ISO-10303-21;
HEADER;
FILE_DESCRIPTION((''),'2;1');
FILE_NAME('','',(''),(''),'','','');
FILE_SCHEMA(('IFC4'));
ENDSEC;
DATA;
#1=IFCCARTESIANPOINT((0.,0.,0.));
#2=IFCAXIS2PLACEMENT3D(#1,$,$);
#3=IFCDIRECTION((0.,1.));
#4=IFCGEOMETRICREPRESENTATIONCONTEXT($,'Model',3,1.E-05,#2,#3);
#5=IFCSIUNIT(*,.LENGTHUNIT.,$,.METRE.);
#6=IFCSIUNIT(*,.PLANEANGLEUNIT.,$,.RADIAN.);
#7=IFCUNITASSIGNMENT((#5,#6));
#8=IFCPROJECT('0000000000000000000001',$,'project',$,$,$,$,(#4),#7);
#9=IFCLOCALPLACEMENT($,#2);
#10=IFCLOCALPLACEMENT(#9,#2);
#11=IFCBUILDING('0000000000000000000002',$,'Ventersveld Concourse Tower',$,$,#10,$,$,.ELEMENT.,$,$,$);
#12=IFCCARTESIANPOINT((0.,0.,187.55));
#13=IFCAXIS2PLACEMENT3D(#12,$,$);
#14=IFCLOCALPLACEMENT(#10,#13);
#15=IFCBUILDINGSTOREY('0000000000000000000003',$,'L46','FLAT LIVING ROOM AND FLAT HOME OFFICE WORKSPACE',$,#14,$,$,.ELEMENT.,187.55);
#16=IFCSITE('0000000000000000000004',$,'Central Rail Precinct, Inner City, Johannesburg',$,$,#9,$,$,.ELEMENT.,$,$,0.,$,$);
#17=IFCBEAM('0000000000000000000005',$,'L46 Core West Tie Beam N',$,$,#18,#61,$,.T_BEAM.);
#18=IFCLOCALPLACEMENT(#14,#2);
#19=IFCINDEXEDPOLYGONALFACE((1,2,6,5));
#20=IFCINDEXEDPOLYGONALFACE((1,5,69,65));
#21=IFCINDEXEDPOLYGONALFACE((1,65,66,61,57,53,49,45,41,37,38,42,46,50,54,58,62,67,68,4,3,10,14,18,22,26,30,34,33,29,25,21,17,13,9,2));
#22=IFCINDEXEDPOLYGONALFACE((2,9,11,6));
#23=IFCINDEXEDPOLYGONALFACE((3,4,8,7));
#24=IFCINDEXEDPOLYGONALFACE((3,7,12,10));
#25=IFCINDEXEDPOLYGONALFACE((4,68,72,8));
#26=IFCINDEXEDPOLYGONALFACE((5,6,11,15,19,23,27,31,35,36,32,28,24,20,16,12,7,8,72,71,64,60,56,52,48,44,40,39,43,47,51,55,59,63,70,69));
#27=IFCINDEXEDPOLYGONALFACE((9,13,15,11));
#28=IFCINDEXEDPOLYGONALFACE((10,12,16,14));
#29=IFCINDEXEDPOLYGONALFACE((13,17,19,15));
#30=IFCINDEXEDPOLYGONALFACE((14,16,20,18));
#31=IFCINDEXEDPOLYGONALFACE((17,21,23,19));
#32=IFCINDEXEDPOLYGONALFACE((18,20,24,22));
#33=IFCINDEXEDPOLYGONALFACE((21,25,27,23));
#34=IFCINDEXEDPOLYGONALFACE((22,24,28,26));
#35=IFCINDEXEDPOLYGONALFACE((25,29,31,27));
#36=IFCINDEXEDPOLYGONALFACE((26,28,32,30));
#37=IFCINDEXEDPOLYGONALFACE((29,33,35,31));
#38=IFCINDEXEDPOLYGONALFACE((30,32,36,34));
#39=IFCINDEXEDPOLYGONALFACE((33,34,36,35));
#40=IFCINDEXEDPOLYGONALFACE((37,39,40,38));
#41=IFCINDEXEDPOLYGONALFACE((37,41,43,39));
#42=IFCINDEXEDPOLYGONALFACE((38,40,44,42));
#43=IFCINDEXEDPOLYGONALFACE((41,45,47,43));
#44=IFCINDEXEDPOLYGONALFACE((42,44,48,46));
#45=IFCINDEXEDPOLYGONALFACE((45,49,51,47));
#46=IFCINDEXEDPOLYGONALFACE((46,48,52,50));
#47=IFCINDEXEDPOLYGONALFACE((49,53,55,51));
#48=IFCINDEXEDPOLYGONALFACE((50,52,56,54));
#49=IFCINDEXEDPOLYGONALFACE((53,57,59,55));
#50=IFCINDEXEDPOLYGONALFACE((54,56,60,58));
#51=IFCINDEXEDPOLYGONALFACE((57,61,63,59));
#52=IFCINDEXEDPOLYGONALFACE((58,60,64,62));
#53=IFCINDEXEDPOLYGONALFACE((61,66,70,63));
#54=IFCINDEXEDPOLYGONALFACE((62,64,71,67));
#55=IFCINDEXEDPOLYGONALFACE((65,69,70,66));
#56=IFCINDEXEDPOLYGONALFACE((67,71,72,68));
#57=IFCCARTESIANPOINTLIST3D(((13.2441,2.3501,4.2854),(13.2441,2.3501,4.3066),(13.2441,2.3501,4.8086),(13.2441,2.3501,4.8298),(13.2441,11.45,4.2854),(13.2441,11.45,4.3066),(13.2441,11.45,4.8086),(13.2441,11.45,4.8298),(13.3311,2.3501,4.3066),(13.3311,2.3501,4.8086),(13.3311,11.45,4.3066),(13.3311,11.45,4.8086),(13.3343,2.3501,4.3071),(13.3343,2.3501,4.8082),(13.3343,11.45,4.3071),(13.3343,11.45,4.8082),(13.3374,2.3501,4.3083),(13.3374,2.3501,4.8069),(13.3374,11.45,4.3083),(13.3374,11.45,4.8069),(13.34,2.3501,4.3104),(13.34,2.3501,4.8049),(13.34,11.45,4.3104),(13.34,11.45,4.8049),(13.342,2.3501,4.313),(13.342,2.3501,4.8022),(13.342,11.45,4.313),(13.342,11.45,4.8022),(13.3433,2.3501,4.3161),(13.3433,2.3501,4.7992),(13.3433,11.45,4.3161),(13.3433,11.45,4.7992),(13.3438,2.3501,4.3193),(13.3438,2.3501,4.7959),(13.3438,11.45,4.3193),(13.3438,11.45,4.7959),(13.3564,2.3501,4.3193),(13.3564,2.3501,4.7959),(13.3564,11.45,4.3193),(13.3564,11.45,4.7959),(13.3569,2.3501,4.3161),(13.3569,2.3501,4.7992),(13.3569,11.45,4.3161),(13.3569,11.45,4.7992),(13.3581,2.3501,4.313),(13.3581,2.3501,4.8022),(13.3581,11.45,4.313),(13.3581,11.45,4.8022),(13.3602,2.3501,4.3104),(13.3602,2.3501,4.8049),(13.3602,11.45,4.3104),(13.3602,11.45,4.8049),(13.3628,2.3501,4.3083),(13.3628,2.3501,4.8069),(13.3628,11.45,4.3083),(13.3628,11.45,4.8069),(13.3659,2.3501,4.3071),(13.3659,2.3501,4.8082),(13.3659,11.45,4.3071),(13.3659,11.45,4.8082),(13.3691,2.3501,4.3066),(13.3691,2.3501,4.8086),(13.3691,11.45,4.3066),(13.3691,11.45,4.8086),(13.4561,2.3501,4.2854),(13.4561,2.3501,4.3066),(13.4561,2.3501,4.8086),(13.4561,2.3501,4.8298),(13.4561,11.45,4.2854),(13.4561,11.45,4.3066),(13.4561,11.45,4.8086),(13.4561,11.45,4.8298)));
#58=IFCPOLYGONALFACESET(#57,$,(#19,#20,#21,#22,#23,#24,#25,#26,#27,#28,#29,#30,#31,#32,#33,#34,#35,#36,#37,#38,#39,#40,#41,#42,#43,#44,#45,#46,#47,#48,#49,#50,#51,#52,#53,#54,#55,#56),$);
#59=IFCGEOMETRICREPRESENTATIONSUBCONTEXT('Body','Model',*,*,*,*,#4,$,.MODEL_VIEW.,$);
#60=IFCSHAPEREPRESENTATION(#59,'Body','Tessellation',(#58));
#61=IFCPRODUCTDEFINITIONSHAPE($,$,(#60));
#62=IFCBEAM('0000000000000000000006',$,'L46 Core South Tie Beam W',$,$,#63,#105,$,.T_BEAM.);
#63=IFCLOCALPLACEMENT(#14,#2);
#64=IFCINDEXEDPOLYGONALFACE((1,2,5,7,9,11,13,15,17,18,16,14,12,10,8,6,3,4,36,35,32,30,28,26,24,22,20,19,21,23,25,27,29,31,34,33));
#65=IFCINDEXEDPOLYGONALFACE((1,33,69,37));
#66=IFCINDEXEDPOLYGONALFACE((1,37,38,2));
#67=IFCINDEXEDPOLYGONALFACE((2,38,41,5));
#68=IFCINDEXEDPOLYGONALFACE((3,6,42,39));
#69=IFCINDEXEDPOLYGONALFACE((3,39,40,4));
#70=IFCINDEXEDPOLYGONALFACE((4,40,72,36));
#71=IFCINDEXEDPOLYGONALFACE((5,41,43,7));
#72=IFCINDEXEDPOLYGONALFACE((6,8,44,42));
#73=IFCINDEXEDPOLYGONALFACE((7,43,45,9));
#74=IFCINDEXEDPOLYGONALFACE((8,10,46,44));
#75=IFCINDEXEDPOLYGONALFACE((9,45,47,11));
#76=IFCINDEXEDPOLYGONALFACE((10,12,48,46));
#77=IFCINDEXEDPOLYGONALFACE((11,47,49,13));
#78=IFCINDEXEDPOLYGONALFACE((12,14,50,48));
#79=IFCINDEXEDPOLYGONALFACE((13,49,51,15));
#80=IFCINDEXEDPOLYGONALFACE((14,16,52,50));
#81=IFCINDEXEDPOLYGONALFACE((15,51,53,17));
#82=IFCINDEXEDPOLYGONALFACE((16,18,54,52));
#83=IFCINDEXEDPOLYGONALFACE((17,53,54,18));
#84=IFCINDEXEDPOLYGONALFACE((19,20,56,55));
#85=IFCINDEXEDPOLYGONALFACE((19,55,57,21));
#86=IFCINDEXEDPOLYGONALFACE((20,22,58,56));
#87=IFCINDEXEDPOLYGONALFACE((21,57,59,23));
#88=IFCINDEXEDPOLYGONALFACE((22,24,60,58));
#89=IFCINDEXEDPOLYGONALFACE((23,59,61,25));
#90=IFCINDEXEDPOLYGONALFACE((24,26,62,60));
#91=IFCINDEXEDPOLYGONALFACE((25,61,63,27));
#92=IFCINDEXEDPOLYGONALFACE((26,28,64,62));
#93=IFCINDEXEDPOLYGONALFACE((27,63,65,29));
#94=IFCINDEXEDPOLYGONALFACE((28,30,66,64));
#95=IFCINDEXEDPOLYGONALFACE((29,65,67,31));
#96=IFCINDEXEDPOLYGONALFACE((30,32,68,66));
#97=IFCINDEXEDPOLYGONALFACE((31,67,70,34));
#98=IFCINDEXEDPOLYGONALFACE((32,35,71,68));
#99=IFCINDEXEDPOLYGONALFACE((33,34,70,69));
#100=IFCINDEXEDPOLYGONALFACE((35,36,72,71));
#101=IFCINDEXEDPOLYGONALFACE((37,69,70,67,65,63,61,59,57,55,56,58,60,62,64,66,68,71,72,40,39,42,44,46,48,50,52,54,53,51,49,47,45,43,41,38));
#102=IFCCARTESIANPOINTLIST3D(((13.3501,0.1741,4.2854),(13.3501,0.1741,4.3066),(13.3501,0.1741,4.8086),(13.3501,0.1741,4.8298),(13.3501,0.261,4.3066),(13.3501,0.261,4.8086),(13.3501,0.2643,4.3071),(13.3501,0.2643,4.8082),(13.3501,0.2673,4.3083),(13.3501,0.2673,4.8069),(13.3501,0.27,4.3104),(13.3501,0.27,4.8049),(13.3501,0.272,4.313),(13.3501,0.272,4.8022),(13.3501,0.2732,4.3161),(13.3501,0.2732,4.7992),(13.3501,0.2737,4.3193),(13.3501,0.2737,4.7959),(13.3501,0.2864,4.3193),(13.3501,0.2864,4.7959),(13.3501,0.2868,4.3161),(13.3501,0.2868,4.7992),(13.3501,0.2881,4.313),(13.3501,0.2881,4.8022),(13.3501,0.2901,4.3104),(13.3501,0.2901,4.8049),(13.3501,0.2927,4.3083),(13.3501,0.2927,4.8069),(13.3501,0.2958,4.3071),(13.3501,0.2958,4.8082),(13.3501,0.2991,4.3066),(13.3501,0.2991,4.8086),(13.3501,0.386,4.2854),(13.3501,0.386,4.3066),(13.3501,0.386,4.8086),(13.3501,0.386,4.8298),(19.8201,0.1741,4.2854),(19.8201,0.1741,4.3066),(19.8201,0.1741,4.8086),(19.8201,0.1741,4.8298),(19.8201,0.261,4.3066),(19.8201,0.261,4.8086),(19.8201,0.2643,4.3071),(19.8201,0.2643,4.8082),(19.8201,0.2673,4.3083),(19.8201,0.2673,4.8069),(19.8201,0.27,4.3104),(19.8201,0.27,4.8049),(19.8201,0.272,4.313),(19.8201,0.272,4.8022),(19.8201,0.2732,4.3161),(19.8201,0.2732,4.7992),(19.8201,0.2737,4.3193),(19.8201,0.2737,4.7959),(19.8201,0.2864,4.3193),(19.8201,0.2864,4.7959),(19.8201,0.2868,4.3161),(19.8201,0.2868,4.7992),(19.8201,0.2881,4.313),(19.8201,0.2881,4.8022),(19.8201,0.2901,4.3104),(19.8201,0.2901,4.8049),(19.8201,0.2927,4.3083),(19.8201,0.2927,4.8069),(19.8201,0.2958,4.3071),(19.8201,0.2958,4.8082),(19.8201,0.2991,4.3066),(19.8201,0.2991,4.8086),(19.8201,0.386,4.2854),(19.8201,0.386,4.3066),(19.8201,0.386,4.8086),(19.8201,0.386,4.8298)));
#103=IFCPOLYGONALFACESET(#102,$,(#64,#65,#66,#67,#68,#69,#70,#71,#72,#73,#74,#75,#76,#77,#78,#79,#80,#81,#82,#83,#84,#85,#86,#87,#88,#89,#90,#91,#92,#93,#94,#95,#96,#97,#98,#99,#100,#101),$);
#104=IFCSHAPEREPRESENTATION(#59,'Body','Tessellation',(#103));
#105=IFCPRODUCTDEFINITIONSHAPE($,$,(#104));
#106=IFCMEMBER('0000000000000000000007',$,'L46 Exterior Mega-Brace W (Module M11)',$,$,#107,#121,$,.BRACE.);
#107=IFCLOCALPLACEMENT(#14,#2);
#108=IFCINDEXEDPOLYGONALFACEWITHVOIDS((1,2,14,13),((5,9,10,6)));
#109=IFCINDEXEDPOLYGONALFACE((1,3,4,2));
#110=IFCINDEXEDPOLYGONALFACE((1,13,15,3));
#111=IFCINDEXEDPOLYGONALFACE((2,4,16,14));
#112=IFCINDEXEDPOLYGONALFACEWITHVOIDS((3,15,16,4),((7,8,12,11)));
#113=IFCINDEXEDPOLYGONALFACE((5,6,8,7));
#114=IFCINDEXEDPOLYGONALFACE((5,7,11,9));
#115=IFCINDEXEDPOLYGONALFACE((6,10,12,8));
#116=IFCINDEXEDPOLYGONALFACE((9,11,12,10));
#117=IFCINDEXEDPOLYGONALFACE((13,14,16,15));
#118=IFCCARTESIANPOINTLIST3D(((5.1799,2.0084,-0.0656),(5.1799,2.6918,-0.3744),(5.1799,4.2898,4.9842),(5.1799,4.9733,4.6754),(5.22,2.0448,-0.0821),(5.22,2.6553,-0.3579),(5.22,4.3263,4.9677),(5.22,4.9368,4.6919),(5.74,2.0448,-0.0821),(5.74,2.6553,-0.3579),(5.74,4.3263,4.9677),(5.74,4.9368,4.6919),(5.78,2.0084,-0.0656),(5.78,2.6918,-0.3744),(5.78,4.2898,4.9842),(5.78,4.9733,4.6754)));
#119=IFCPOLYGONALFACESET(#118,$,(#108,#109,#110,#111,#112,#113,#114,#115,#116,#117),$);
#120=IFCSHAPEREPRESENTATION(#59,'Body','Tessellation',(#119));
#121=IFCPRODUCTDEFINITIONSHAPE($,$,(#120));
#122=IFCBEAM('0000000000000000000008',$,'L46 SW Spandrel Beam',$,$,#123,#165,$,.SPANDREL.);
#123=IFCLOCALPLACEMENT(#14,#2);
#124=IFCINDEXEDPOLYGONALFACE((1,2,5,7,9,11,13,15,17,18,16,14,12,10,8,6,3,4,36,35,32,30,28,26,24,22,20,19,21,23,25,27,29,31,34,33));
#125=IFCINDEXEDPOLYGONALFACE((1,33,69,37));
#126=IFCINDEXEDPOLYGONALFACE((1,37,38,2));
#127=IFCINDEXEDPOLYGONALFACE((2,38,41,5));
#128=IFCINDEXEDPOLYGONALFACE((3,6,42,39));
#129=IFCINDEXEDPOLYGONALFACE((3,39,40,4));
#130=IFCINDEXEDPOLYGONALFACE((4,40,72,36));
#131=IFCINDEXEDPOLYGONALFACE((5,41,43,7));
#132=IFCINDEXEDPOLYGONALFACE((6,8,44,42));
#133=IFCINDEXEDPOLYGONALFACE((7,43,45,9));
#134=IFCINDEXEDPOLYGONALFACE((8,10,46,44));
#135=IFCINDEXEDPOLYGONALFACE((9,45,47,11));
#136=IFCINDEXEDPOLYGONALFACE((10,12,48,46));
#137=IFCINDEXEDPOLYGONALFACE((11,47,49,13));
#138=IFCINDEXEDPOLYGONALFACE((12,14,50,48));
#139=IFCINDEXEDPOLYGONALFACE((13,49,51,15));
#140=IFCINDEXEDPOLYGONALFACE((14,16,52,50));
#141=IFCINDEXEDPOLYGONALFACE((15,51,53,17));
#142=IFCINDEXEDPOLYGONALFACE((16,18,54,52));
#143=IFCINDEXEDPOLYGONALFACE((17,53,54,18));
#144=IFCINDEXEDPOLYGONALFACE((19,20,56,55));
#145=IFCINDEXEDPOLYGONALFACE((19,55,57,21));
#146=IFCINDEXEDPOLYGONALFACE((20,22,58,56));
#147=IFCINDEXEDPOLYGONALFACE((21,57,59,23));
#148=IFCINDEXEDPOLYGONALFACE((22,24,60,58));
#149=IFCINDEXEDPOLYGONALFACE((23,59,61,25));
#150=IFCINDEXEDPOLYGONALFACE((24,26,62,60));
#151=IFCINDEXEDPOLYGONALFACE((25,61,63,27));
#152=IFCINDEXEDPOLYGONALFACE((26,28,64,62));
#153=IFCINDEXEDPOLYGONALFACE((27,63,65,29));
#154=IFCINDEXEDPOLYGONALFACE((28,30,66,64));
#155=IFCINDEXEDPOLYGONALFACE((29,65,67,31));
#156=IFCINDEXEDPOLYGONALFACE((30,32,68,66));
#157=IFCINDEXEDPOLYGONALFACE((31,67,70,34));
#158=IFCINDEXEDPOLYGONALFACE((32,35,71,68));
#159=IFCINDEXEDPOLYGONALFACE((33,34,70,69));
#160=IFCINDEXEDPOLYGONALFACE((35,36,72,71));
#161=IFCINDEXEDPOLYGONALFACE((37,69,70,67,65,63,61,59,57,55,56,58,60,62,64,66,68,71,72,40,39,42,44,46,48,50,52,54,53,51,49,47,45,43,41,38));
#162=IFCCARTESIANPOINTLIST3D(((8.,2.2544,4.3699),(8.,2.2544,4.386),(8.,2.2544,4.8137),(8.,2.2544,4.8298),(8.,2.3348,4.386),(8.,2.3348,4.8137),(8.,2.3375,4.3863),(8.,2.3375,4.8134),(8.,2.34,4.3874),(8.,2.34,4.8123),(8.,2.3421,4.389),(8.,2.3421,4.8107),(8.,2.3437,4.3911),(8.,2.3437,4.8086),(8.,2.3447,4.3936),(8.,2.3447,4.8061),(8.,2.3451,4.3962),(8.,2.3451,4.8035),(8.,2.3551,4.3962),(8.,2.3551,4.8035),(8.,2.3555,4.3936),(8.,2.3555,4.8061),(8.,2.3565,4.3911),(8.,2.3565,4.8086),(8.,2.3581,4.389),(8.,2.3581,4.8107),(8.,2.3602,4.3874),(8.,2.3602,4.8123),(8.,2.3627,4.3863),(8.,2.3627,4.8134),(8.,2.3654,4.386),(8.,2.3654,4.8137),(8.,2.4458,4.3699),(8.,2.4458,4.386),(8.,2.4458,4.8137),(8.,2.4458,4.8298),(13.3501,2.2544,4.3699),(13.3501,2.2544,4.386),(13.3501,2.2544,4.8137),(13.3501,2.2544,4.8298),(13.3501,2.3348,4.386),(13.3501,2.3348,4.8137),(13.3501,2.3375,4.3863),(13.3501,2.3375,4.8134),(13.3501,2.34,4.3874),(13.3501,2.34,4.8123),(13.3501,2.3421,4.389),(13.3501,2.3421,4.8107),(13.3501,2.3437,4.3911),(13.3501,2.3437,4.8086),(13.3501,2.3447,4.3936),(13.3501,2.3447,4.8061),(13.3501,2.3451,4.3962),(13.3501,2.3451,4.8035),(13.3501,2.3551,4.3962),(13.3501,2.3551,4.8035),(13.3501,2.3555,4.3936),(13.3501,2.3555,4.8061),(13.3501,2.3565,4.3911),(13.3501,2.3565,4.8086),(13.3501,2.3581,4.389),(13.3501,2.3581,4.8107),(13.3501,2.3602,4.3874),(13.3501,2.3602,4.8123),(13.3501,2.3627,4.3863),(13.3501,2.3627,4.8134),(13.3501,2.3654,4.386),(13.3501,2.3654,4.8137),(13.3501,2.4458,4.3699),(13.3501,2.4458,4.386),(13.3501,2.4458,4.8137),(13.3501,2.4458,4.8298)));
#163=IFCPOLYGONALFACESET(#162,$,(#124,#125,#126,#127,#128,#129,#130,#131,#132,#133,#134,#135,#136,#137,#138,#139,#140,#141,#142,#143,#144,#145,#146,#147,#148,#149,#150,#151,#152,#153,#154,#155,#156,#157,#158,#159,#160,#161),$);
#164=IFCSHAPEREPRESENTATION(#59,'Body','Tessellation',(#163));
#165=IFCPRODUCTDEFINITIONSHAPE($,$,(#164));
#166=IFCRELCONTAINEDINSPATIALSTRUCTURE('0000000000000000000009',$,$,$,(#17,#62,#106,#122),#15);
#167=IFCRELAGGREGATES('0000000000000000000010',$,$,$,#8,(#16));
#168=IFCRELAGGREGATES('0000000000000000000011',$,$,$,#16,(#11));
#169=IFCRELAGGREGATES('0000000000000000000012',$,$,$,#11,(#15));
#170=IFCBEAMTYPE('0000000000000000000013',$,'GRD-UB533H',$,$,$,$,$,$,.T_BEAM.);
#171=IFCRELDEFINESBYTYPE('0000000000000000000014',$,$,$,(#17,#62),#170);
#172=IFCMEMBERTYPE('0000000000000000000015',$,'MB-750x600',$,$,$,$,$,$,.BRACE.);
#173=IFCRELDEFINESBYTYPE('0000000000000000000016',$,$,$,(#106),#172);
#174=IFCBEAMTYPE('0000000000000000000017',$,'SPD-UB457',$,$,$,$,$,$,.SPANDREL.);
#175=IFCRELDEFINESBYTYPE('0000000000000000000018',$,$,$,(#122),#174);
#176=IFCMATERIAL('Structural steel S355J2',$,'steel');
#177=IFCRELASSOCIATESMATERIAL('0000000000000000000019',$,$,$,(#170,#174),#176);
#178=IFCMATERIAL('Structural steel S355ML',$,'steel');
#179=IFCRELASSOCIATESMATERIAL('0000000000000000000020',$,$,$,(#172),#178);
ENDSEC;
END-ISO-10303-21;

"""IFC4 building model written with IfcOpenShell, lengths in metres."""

from ifc_helpers import new_model, si_unit, direction, frame, origin, origin_2d, place, context, subcontext, project, spatial, hollow_rectangle, i_section, extrude, material, material_profile, profile_set, type_object, element, save


model = new_model("IFC4")

# Units and contexts
model_context = context("Model", 3, precision=1e-05, world=origin(), true_north=direction((0.0, 1.0)))
body_context = subcontext(model_context, "Body", "Model", "MODEL_VIEW")
ifc_project = project(units=[si_unit("LENGTHUNIT", "METRE"), si_unit("PLANEANGLEUNIT", "RADIAN")], contexts=[model_context])

# Site, building, storey
site_placement = place(None, origin())
site = spatial("IfcSite", under=ifc_project, at=site_placement, Name="Central Rail Precinct, Inner City, Johannesburg", CompositionType="ELEMENT", RefElevation=0.0)
building_placement = place(site_placement, origin())
building = spatial("IfcBuilding", under=site, at=building_placement, Name="Ventersveld Concourse Tower", CompositionType="ELEMENT")
storey_placement = place(building_placement, frame((0.0, 0.0, 187.55)))
storey = spatial("IfcBuildingStorey", under=building, at=storey_placement, Name="L46", Description="FLAT LIVING ROOM AND FLAT HOME OFFICE WORKSPACE", CompositionType="ELEMENT", Elevation=187.55)

# Beams
ifc_material_1 = material(Name="Structural steel S355J2", Category="steel")
ifc_material_profile_1 = material_profile(ifc_material_1, i_section(OverallWidth=0.2119, OverallDepth=0.5444, WebThickness=0.0127, FlangeThickness=0.0212, FilletRadius=0.0127, at=origin_2d()), Name="UB 533x210x122")
ifc_profile_set_1 = profile_set([ifc_material_profile_1], Name="Structural steel S355J2")
beam_type_1 = type_object("IfcBeamType", Name="GRD-UB533H", PredefinedType="T_BEAM", material=ifc_profile_set_1)
beam_1_placement = place(storey_placement, frame((13.3501, 2.3501, 4.5576), z_axis=(0.0, 1.0, 0.0), x_axis=(-1.0, 0.0, 0.0)))
element("IfcBeam", 1, at=beam_1_placement, inside=storey, type_object=beam_type_1, Name="L46 Core West Tie Beam N", PredefinedType="T_BEAM", context=body_context, shape_type="SweptSolid", body=[
    extrude(i_section(OverallWidth=0.2119, OverallDepth=0.5444, WebThickness=0.0127, FlangeThickness=0.0212, FilletRadius=0.0127, at=origin_2d()), origin(), (0.0, 0.0, 1.0), 9.0999),
])
beam_2_placement = place(storey_placement, frame((13.3501, 0.28, 4.5576), z_axis=(1.0, 0.0, 0.0), x_axis=(0.0, 1.0, 0.0)))
element("IfcBeam", 2, at=beam_2_placement, inside=storey, type_object=beam_type_1, Name="L46 Core South Tie Beam W", PredefinedType="T_BEAM", context=body_context, shape_type="SweptSolid", body=[
    extrude(i_section(OverallWidth=0.2119, OverallDepth=0.5444, WebThickness=0.0127, FlangeThickness=0.0212, FilletRadius=0.0127, at=origin_2d()), origin(), (0.0, 0.0, 1.0), 6.47),
])

# Member
ifc_material_2 = material(Name="Structural steel S355ML", Category="steel")
ifc_material_profile_2 = material_profile(ifc_material_2, hollow_rectangle(XDim=0.6001, YDim=0.75, WallThickness=0.04, at=origin_2d()), Name="BOX 750x600x40")
ifc_profile_set_2 = profile_set([ifc_material_profile_2], Name="Structural steel S355ML")
member_type = type_object("IfcMemberType", Name="MB-750x600", PredefinedType="BRACE", material=ifc_profile_set_2)
member_placement = place(storey_placement, frame((5.48, 2.3501, -0.22), z_axis=(0.0, 0.411727, 0.911307), x_axis=(-1.0, 0.0, 0.0)))
element("IfcMember", 3, at=member_placement, inside=storey, type_object=member_type, Name="L46 Exterior Mega-Brace W (Module M11)", PredefinedType="BRACE", context=body_context, shape_type="SweptSolid", body=[
    extrude(hollow_rectangle(XDim=0.6001, YDim=0.75, WallThickness=0.04, at=origin_2d()), origin(), (0.0, 0.0, 1.0), 5.5413),
])

# Beam
ifc_material_profile_3 = material_profile(ifc_material_1, i_section(OverallWidth=0.1914, OverallDepth=0.46, WebThickness=0.01, FlangeThickness=0.0161, FilletRadius=0.0103, at=origin_2d()), Name="UB 457x191x82")
ifc_profile_set_3 = profile_set([ifc_material_profile_3], Name="Structural steel S355J2")
beam_type_2 = type_object("IfcBeamType", Name="SPD-UB457", PredefinedType="SPANDREL", material=ifc_profile_set_3)
beam_3_placement = place(storey_placement, frame((8.0, 2.3501, 4.5999), z_axis=(1.0, 0.0, 0.0), x_axis=(0.0, 1.0, 0.0)))
element("IfcBeam", 4, at=beam_3_placement, inside=storey, type_object=beam_type_2, Name="L46 SW Spandrel Beam", PredefinedType="SPANDREL", context=body_context, shape_type="SweptSolid", body=[
    extrude(i_section(OverallWidth=0.1914, OverallDepth=0.46, WebThickness=0.01, FlangeThickness=0.0161, FilletRadius=0.0103, at=origin_2d()), origin(), (0.0, 0.0, 1.0), 5.3501),
])

save(model, "model.ifc")
